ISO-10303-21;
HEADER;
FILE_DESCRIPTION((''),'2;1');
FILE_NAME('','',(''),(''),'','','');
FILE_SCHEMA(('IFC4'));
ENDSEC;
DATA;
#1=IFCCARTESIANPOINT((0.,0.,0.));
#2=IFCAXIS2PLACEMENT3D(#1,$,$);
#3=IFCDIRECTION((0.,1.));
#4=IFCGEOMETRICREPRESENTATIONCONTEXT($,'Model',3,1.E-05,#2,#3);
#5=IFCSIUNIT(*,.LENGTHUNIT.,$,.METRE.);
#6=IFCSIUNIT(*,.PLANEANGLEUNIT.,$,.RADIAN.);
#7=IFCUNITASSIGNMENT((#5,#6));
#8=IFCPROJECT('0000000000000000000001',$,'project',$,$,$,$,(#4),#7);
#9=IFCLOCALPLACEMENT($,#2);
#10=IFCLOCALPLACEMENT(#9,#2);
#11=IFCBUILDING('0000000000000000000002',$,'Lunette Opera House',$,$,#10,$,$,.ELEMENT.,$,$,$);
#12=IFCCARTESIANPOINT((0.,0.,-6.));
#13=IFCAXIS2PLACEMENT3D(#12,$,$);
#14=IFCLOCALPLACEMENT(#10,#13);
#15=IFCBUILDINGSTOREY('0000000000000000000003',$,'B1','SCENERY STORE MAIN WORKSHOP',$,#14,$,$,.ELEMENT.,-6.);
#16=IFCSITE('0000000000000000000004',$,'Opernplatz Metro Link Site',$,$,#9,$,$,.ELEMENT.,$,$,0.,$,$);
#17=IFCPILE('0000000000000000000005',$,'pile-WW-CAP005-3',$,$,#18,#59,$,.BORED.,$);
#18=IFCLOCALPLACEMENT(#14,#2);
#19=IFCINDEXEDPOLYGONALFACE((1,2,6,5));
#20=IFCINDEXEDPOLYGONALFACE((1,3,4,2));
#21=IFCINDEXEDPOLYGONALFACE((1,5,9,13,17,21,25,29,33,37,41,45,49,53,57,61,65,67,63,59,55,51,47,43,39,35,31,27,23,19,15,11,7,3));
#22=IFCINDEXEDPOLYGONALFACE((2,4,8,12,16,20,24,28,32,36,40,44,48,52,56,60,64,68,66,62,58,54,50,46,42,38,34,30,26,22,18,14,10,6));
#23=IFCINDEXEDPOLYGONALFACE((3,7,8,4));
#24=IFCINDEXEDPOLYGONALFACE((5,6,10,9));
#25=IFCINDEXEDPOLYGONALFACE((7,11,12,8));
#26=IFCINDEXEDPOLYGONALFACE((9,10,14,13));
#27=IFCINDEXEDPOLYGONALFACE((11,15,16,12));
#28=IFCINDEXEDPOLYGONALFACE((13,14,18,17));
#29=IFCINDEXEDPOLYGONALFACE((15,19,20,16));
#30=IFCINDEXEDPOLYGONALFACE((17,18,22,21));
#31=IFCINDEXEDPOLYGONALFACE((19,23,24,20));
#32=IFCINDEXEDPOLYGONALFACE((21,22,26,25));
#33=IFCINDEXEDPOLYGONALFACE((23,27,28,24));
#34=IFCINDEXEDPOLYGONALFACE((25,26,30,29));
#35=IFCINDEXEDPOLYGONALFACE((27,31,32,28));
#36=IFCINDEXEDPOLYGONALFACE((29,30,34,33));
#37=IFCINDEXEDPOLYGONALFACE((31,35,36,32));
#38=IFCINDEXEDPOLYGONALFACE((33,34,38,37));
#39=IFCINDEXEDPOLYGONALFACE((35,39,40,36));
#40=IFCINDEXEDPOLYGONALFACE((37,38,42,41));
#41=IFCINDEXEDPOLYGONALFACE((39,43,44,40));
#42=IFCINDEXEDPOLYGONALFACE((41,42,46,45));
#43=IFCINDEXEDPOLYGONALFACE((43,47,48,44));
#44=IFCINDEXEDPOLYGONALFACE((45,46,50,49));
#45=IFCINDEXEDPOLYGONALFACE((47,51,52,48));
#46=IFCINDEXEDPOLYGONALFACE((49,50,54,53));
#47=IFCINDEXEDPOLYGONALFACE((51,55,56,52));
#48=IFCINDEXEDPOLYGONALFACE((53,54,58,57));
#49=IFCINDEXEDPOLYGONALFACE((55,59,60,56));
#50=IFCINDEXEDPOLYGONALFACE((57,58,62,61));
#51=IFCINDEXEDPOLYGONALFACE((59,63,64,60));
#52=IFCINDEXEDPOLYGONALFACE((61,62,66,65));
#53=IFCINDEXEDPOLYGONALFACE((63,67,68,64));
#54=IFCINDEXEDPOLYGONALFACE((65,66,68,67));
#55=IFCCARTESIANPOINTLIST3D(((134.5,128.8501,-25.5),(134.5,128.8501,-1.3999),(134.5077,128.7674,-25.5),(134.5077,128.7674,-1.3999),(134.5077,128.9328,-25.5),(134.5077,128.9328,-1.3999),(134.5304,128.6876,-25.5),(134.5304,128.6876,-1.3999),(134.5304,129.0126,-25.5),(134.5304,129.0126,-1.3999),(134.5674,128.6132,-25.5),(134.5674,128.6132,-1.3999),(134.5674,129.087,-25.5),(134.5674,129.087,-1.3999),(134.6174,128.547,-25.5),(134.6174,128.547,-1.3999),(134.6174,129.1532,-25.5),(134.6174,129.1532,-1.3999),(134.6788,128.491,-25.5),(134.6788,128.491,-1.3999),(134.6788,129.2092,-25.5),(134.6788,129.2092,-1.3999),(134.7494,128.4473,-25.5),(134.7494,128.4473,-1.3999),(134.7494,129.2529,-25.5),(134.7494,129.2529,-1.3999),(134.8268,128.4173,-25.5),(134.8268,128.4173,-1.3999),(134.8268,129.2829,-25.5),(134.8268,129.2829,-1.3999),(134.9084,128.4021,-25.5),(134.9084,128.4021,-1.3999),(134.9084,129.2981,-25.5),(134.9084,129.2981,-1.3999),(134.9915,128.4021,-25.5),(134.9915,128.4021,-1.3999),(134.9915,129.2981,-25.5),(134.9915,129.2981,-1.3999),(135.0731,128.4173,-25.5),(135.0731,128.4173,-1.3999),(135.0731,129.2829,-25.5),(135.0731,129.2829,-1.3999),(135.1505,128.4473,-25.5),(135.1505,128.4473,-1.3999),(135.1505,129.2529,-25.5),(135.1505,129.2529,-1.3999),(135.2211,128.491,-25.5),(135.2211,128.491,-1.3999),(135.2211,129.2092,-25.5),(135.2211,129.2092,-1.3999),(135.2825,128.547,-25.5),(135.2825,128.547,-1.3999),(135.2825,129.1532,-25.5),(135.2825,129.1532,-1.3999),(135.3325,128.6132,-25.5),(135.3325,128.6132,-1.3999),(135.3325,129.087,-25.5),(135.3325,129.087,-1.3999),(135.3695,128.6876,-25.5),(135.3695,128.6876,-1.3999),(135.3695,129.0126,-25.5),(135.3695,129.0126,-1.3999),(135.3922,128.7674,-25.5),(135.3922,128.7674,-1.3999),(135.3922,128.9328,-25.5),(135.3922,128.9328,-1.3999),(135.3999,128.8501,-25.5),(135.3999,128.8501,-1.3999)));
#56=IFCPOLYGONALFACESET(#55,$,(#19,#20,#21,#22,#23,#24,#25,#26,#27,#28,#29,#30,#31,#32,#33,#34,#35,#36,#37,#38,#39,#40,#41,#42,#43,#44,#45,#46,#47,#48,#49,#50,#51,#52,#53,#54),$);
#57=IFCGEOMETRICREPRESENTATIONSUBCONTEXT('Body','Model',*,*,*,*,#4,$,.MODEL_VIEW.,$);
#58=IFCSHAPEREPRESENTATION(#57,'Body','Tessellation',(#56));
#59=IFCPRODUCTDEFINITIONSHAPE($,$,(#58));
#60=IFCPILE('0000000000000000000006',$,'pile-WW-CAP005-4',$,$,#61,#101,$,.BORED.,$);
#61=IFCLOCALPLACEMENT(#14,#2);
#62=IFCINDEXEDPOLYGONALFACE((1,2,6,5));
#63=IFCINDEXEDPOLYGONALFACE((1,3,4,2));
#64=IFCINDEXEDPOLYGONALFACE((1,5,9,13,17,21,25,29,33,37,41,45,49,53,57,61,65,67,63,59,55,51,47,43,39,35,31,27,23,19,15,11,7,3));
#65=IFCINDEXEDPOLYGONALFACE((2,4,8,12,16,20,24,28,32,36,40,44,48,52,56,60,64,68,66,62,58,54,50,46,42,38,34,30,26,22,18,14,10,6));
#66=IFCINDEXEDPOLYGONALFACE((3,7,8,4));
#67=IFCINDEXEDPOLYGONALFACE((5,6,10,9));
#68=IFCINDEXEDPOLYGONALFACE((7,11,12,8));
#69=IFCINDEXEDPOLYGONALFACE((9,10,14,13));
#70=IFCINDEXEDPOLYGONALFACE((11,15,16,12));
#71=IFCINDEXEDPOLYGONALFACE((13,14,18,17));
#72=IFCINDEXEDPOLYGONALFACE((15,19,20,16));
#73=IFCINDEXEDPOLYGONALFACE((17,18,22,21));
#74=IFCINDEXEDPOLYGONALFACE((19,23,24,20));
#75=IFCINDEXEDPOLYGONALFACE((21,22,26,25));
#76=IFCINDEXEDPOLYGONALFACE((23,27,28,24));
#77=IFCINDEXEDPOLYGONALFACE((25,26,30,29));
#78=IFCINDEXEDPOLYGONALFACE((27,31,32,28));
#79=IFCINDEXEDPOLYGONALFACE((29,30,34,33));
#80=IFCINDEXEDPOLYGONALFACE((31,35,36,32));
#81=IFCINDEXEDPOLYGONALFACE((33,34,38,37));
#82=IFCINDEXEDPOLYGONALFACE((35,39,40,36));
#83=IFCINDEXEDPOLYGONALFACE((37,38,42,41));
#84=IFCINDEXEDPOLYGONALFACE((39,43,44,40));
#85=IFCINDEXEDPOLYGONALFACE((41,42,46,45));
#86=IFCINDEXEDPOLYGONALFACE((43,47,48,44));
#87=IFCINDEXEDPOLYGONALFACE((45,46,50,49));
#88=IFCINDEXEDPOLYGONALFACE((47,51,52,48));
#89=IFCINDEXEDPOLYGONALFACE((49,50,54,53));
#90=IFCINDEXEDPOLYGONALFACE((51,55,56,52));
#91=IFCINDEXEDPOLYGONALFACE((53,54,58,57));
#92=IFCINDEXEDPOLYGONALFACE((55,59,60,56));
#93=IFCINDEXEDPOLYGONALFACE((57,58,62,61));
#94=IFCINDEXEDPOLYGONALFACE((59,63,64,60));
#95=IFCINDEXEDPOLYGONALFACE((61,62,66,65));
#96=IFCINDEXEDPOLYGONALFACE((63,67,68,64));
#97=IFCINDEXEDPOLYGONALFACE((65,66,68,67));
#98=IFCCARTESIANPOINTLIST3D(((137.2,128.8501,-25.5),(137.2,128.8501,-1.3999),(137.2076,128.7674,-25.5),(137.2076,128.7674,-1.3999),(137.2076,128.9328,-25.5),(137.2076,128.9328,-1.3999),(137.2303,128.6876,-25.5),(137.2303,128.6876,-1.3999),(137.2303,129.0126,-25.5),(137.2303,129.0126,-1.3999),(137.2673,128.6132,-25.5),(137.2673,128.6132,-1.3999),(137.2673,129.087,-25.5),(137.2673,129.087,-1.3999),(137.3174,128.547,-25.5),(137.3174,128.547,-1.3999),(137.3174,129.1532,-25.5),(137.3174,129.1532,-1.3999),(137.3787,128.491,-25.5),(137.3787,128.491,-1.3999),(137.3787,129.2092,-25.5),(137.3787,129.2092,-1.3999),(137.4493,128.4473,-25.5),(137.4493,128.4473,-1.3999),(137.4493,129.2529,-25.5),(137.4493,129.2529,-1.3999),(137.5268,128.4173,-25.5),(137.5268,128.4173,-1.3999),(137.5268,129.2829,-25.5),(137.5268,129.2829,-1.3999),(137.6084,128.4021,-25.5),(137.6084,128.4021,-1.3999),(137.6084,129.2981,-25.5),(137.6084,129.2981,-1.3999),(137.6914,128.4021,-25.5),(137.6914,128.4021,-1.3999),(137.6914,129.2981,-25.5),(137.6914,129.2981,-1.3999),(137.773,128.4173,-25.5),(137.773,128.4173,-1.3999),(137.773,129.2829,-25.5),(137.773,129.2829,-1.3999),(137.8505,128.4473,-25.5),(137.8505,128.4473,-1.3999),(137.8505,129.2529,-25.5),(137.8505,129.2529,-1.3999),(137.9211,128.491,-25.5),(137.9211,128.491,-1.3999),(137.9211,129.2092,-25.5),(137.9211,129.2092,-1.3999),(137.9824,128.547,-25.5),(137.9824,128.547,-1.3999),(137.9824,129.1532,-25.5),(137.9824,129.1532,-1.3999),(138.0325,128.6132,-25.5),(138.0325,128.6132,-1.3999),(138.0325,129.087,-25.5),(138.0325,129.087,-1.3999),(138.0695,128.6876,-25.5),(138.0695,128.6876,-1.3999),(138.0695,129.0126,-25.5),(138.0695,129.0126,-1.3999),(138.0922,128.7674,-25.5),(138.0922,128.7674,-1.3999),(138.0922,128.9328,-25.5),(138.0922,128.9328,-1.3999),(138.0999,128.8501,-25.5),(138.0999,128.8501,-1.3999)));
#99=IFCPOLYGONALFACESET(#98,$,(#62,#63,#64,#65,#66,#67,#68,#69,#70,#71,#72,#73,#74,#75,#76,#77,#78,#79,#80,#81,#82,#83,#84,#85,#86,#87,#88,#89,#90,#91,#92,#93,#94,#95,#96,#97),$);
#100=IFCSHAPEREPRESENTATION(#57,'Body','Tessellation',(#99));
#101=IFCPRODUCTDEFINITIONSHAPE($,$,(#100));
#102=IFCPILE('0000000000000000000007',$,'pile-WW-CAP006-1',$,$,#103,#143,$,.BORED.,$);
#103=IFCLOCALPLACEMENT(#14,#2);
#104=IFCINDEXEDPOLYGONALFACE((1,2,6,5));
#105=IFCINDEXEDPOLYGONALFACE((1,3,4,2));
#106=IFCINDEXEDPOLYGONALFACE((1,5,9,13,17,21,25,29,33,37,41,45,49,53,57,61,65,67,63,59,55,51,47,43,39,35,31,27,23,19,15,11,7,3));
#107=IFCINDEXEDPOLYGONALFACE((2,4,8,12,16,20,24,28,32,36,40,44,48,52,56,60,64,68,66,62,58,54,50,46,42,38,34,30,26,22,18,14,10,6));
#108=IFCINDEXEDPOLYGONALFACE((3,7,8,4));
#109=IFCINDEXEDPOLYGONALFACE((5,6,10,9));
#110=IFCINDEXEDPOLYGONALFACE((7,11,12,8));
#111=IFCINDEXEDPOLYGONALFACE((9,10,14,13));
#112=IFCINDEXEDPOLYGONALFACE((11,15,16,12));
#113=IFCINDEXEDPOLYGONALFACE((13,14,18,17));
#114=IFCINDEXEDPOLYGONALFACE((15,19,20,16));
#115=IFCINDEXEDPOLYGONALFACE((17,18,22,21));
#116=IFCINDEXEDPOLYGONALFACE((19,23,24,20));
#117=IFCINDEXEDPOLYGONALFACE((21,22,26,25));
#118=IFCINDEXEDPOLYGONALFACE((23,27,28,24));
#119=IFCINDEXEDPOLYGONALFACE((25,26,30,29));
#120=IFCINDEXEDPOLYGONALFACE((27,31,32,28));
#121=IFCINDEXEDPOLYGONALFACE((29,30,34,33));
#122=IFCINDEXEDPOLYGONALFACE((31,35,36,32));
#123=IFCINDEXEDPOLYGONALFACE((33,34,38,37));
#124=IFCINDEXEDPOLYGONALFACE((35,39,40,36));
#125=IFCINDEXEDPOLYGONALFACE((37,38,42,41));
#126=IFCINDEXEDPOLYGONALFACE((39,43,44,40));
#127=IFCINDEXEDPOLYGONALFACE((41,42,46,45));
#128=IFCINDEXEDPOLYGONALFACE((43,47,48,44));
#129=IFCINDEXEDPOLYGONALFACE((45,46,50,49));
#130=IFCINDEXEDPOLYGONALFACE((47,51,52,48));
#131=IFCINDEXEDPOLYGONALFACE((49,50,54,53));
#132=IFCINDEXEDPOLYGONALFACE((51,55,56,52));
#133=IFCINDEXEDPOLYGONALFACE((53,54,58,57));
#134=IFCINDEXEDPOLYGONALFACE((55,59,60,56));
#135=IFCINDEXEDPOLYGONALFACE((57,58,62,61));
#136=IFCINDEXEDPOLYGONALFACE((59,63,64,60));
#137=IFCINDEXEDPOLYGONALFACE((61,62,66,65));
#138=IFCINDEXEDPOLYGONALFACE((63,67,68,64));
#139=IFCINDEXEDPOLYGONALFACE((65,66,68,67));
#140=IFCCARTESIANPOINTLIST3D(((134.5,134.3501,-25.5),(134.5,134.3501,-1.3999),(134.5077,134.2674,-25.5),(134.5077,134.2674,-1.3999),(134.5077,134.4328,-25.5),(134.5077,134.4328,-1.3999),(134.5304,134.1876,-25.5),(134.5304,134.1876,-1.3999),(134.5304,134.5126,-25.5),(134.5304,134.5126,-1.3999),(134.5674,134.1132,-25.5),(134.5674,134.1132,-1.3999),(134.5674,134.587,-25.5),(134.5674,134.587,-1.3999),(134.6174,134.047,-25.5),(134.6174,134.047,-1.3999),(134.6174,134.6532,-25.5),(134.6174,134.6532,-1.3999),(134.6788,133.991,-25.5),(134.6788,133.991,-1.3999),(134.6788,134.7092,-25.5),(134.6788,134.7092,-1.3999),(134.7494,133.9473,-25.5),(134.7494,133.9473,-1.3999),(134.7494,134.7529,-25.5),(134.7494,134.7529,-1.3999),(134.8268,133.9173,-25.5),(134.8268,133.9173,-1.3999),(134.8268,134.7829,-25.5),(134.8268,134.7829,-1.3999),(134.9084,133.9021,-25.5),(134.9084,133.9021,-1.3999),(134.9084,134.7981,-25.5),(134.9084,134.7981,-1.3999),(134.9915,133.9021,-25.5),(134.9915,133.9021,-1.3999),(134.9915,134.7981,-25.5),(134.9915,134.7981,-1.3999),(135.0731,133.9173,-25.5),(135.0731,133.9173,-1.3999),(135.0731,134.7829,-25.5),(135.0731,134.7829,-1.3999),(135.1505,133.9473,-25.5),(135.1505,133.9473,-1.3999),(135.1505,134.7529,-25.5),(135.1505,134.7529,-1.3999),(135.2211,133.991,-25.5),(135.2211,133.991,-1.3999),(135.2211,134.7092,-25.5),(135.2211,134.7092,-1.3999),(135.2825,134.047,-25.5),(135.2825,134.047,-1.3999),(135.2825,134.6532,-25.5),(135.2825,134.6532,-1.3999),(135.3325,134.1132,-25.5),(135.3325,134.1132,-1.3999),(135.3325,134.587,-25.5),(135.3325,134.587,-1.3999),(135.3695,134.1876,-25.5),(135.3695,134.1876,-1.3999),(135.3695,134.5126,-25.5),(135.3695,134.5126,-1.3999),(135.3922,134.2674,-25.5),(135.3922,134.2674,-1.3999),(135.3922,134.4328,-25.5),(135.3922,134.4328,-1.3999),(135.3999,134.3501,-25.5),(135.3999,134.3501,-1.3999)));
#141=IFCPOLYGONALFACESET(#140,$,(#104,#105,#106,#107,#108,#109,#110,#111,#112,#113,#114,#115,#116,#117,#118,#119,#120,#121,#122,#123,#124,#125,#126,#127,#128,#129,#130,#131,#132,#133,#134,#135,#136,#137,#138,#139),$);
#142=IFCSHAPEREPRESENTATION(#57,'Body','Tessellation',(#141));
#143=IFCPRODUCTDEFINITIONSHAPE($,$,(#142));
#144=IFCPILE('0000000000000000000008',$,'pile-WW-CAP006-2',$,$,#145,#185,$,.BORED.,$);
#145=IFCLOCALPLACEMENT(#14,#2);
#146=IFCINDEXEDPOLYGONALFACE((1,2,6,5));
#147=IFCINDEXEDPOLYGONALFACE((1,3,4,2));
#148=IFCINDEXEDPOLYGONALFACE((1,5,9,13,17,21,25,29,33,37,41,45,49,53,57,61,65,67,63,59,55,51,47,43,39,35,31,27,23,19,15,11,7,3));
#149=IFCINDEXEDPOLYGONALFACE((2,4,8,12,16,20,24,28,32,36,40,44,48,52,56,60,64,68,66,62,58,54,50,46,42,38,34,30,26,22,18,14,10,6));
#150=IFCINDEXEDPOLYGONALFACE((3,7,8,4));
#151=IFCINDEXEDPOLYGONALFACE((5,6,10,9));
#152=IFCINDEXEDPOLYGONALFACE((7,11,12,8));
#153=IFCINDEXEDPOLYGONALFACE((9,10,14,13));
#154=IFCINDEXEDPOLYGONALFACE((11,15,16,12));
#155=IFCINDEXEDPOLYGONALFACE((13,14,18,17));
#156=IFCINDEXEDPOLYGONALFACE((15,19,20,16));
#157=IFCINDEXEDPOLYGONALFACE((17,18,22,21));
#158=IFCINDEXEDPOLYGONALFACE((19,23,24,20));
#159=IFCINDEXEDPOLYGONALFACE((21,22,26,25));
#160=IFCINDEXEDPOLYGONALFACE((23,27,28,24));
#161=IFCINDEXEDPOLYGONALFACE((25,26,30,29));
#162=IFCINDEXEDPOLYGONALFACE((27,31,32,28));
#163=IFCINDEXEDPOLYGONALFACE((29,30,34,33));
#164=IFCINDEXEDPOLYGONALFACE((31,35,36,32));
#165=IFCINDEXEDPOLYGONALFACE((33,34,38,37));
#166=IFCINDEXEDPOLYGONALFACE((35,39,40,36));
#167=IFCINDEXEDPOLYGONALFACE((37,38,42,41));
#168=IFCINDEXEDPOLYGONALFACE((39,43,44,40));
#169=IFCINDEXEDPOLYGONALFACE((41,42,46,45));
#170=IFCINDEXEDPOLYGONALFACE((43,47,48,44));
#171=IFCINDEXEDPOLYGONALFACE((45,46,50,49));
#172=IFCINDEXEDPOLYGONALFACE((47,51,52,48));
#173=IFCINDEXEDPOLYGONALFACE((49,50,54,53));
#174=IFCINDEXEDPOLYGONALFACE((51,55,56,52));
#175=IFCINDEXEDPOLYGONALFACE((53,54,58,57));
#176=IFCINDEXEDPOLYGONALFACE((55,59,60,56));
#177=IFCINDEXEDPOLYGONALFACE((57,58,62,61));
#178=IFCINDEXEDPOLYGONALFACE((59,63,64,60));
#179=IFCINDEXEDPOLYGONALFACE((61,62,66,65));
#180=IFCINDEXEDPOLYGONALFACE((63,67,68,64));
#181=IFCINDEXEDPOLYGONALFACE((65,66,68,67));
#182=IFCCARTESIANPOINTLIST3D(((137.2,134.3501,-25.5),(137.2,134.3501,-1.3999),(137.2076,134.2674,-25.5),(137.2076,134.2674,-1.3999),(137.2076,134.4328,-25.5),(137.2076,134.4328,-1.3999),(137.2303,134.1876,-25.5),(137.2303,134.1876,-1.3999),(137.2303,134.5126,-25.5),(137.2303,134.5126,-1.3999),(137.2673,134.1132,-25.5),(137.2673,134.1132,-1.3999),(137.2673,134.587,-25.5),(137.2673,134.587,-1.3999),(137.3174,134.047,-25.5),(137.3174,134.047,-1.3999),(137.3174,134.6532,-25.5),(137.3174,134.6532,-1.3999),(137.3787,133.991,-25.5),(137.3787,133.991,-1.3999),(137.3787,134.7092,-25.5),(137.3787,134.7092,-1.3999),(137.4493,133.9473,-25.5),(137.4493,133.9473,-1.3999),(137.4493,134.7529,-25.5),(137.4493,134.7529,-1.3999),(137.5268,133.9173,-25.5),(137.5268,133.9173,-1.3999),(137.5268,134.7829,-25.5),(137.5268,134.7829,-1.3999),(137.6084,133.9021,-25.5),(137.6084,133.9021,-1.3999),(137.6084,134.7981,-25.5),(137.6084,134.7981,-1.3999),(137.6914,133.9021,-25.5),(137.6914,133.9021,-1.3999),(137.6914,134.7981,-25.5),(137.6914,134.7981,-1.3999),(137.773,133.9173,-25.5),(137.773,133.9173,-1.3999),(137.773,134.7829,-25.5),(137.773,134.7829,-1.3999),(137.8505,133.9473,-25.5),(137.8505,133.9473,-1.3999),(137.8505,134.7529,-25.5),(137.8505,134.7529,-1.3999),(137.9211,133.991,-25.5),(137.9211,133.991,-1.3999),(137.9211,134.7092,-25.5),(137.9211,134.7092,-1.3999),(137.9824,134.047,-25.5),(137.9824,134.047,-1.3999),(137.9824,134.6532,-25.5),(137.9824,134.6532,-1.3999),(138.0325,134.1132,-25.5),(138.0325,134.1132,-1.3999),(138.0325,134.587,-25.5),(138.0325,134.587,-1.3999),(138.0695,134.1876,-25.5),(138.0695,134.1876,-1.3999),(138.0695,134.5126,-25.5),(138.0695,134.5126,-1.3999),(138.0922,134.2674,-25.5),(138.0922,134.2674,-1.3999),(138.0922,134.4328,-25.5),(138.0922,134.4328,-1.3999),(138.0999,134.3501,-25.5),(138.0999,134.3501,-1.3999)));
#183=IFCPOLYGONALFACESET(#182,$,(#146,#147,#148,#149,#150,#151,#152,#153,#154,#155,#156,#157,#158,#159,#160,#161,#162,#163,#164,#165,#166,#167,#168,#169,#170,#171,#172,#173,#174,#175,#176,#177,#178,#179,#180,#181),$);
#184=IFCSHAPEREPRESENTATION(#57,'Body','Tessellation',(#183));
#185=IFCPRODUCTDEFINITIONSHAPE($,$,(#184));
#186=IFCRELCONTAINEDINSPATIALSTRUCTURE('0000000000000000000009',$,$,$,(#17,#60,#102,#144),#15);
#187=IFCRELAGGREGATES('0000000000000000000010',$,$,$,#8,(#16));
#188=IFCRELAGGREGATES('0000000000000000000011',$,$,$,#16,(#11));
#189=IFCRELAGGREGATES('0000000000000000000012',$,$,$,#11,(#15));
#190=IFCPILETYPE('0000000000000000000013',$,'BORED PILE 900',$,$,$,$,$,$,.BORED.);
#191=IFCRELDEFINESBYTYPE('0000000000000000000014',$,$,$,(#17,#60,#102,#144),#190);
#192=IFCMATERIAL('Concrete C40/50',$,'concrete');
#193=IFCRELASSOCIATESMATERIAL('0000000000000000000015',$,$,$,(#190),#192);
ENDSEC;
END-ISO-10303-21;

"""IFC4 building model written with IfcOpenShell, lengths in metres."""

from ifc_helpers import new_model, si_unit, direction, frame, origin, origin_2d, place, context, subcontext, project, spatial, circle, extrude, material, material_profile, profile_set, type_object, element, save


model = new_model("IFC4")

# Units and contexts
model_context = context("Model", 3, precision=1e-05, world=origin(), true_north=direction((0.0, 1.0)))
body_context = subcontext(model_context, "Body", "Model", "MODEL_VIEW")
ifc_project = project(units=[si_unit("LENGTHUNIT", "METRE"), si_unit("PLANEANGLEUNIT", "RADIAN")], contexts=[model_context])

# Site, building, storey
site_placement = place(None, origin())
site = spatial("IfcSite", under=ifc_project, at=site_placement, Name="Opernplatz Metro Link Site", CompositionType="ELEMENT", RefElevation=0.0)
building_placement = place(site_placement, origin())
building = spatial("IfcBuilding", under=site, at=building_placement, Name="Lunette Opera House", CompositionType="ELEMENT")
storey_placement = place(building_placement, frame((0.0, 0.0, -6.0)))
storey = spatial("IfcBuildingStorey", under=building, at=storey_placement, Name="B1", Description="SCENERY STORE MAIN WORKSHOP", CompositionType="ELEMENT", Elevation=-6.0)

# Piles
ifc_material_1 = material(Name="Concrete C40/50", Category="concrete")
ifc_material_profile_1 = material_profile(ifc_material_1, circle(Radius=0.45, at=origin_2d()), Name="BORED PILE 900")
ifc_profile_set_1 = profile_set([ifc_material_profile_1], Name="Concrete C40/50")
pile_type_1 = type_object("IfcPileType", Name="BORED PILE 900", PredefinedType="BORED", material=ifc_profile_set_1)
for number, where, z_axis, x_axis, name in (
    (1, (134.95, 128.8501, -1.3999), (0.0, 0.0, -1.0), (1.0, 0.0, 0.0), "pile-WW-CAP005-3"),
    (2, (137.6499, 128.8501, -1.3999), (0.0, 0.0, -1.0), (1.0, 0.0, 0.0), "pile-WW-CAP005-4"),
    (3, (134.95, 134.3501, -1.3999), (0.0, 0.0, -1.0), (1.0, 0.0, 0.0), "pile-WW-CAP006-1"),
    (4, (137.6499, 134.3501, -1.3999), (0.0, 0.0, -1.0), (1.0, 0.0, 0.0), "pile-WW-CAP006-2"),
):
    element("IfcPile", number, at=place(storey_placement, frame(where, z_axis=z_axis, x_axis=x_axis)), inside=storey, type_object=pile_type_1, Name=name, PredefinedType="BORED", context=body_context, shape_type="SweptSolid", body=[
        extrude(circle(Radius=0.45, at=origin_2d()), origin(), (0.0, 0.0, 1.0), 24.1001),
    ])

save(model, "model.ifc")
